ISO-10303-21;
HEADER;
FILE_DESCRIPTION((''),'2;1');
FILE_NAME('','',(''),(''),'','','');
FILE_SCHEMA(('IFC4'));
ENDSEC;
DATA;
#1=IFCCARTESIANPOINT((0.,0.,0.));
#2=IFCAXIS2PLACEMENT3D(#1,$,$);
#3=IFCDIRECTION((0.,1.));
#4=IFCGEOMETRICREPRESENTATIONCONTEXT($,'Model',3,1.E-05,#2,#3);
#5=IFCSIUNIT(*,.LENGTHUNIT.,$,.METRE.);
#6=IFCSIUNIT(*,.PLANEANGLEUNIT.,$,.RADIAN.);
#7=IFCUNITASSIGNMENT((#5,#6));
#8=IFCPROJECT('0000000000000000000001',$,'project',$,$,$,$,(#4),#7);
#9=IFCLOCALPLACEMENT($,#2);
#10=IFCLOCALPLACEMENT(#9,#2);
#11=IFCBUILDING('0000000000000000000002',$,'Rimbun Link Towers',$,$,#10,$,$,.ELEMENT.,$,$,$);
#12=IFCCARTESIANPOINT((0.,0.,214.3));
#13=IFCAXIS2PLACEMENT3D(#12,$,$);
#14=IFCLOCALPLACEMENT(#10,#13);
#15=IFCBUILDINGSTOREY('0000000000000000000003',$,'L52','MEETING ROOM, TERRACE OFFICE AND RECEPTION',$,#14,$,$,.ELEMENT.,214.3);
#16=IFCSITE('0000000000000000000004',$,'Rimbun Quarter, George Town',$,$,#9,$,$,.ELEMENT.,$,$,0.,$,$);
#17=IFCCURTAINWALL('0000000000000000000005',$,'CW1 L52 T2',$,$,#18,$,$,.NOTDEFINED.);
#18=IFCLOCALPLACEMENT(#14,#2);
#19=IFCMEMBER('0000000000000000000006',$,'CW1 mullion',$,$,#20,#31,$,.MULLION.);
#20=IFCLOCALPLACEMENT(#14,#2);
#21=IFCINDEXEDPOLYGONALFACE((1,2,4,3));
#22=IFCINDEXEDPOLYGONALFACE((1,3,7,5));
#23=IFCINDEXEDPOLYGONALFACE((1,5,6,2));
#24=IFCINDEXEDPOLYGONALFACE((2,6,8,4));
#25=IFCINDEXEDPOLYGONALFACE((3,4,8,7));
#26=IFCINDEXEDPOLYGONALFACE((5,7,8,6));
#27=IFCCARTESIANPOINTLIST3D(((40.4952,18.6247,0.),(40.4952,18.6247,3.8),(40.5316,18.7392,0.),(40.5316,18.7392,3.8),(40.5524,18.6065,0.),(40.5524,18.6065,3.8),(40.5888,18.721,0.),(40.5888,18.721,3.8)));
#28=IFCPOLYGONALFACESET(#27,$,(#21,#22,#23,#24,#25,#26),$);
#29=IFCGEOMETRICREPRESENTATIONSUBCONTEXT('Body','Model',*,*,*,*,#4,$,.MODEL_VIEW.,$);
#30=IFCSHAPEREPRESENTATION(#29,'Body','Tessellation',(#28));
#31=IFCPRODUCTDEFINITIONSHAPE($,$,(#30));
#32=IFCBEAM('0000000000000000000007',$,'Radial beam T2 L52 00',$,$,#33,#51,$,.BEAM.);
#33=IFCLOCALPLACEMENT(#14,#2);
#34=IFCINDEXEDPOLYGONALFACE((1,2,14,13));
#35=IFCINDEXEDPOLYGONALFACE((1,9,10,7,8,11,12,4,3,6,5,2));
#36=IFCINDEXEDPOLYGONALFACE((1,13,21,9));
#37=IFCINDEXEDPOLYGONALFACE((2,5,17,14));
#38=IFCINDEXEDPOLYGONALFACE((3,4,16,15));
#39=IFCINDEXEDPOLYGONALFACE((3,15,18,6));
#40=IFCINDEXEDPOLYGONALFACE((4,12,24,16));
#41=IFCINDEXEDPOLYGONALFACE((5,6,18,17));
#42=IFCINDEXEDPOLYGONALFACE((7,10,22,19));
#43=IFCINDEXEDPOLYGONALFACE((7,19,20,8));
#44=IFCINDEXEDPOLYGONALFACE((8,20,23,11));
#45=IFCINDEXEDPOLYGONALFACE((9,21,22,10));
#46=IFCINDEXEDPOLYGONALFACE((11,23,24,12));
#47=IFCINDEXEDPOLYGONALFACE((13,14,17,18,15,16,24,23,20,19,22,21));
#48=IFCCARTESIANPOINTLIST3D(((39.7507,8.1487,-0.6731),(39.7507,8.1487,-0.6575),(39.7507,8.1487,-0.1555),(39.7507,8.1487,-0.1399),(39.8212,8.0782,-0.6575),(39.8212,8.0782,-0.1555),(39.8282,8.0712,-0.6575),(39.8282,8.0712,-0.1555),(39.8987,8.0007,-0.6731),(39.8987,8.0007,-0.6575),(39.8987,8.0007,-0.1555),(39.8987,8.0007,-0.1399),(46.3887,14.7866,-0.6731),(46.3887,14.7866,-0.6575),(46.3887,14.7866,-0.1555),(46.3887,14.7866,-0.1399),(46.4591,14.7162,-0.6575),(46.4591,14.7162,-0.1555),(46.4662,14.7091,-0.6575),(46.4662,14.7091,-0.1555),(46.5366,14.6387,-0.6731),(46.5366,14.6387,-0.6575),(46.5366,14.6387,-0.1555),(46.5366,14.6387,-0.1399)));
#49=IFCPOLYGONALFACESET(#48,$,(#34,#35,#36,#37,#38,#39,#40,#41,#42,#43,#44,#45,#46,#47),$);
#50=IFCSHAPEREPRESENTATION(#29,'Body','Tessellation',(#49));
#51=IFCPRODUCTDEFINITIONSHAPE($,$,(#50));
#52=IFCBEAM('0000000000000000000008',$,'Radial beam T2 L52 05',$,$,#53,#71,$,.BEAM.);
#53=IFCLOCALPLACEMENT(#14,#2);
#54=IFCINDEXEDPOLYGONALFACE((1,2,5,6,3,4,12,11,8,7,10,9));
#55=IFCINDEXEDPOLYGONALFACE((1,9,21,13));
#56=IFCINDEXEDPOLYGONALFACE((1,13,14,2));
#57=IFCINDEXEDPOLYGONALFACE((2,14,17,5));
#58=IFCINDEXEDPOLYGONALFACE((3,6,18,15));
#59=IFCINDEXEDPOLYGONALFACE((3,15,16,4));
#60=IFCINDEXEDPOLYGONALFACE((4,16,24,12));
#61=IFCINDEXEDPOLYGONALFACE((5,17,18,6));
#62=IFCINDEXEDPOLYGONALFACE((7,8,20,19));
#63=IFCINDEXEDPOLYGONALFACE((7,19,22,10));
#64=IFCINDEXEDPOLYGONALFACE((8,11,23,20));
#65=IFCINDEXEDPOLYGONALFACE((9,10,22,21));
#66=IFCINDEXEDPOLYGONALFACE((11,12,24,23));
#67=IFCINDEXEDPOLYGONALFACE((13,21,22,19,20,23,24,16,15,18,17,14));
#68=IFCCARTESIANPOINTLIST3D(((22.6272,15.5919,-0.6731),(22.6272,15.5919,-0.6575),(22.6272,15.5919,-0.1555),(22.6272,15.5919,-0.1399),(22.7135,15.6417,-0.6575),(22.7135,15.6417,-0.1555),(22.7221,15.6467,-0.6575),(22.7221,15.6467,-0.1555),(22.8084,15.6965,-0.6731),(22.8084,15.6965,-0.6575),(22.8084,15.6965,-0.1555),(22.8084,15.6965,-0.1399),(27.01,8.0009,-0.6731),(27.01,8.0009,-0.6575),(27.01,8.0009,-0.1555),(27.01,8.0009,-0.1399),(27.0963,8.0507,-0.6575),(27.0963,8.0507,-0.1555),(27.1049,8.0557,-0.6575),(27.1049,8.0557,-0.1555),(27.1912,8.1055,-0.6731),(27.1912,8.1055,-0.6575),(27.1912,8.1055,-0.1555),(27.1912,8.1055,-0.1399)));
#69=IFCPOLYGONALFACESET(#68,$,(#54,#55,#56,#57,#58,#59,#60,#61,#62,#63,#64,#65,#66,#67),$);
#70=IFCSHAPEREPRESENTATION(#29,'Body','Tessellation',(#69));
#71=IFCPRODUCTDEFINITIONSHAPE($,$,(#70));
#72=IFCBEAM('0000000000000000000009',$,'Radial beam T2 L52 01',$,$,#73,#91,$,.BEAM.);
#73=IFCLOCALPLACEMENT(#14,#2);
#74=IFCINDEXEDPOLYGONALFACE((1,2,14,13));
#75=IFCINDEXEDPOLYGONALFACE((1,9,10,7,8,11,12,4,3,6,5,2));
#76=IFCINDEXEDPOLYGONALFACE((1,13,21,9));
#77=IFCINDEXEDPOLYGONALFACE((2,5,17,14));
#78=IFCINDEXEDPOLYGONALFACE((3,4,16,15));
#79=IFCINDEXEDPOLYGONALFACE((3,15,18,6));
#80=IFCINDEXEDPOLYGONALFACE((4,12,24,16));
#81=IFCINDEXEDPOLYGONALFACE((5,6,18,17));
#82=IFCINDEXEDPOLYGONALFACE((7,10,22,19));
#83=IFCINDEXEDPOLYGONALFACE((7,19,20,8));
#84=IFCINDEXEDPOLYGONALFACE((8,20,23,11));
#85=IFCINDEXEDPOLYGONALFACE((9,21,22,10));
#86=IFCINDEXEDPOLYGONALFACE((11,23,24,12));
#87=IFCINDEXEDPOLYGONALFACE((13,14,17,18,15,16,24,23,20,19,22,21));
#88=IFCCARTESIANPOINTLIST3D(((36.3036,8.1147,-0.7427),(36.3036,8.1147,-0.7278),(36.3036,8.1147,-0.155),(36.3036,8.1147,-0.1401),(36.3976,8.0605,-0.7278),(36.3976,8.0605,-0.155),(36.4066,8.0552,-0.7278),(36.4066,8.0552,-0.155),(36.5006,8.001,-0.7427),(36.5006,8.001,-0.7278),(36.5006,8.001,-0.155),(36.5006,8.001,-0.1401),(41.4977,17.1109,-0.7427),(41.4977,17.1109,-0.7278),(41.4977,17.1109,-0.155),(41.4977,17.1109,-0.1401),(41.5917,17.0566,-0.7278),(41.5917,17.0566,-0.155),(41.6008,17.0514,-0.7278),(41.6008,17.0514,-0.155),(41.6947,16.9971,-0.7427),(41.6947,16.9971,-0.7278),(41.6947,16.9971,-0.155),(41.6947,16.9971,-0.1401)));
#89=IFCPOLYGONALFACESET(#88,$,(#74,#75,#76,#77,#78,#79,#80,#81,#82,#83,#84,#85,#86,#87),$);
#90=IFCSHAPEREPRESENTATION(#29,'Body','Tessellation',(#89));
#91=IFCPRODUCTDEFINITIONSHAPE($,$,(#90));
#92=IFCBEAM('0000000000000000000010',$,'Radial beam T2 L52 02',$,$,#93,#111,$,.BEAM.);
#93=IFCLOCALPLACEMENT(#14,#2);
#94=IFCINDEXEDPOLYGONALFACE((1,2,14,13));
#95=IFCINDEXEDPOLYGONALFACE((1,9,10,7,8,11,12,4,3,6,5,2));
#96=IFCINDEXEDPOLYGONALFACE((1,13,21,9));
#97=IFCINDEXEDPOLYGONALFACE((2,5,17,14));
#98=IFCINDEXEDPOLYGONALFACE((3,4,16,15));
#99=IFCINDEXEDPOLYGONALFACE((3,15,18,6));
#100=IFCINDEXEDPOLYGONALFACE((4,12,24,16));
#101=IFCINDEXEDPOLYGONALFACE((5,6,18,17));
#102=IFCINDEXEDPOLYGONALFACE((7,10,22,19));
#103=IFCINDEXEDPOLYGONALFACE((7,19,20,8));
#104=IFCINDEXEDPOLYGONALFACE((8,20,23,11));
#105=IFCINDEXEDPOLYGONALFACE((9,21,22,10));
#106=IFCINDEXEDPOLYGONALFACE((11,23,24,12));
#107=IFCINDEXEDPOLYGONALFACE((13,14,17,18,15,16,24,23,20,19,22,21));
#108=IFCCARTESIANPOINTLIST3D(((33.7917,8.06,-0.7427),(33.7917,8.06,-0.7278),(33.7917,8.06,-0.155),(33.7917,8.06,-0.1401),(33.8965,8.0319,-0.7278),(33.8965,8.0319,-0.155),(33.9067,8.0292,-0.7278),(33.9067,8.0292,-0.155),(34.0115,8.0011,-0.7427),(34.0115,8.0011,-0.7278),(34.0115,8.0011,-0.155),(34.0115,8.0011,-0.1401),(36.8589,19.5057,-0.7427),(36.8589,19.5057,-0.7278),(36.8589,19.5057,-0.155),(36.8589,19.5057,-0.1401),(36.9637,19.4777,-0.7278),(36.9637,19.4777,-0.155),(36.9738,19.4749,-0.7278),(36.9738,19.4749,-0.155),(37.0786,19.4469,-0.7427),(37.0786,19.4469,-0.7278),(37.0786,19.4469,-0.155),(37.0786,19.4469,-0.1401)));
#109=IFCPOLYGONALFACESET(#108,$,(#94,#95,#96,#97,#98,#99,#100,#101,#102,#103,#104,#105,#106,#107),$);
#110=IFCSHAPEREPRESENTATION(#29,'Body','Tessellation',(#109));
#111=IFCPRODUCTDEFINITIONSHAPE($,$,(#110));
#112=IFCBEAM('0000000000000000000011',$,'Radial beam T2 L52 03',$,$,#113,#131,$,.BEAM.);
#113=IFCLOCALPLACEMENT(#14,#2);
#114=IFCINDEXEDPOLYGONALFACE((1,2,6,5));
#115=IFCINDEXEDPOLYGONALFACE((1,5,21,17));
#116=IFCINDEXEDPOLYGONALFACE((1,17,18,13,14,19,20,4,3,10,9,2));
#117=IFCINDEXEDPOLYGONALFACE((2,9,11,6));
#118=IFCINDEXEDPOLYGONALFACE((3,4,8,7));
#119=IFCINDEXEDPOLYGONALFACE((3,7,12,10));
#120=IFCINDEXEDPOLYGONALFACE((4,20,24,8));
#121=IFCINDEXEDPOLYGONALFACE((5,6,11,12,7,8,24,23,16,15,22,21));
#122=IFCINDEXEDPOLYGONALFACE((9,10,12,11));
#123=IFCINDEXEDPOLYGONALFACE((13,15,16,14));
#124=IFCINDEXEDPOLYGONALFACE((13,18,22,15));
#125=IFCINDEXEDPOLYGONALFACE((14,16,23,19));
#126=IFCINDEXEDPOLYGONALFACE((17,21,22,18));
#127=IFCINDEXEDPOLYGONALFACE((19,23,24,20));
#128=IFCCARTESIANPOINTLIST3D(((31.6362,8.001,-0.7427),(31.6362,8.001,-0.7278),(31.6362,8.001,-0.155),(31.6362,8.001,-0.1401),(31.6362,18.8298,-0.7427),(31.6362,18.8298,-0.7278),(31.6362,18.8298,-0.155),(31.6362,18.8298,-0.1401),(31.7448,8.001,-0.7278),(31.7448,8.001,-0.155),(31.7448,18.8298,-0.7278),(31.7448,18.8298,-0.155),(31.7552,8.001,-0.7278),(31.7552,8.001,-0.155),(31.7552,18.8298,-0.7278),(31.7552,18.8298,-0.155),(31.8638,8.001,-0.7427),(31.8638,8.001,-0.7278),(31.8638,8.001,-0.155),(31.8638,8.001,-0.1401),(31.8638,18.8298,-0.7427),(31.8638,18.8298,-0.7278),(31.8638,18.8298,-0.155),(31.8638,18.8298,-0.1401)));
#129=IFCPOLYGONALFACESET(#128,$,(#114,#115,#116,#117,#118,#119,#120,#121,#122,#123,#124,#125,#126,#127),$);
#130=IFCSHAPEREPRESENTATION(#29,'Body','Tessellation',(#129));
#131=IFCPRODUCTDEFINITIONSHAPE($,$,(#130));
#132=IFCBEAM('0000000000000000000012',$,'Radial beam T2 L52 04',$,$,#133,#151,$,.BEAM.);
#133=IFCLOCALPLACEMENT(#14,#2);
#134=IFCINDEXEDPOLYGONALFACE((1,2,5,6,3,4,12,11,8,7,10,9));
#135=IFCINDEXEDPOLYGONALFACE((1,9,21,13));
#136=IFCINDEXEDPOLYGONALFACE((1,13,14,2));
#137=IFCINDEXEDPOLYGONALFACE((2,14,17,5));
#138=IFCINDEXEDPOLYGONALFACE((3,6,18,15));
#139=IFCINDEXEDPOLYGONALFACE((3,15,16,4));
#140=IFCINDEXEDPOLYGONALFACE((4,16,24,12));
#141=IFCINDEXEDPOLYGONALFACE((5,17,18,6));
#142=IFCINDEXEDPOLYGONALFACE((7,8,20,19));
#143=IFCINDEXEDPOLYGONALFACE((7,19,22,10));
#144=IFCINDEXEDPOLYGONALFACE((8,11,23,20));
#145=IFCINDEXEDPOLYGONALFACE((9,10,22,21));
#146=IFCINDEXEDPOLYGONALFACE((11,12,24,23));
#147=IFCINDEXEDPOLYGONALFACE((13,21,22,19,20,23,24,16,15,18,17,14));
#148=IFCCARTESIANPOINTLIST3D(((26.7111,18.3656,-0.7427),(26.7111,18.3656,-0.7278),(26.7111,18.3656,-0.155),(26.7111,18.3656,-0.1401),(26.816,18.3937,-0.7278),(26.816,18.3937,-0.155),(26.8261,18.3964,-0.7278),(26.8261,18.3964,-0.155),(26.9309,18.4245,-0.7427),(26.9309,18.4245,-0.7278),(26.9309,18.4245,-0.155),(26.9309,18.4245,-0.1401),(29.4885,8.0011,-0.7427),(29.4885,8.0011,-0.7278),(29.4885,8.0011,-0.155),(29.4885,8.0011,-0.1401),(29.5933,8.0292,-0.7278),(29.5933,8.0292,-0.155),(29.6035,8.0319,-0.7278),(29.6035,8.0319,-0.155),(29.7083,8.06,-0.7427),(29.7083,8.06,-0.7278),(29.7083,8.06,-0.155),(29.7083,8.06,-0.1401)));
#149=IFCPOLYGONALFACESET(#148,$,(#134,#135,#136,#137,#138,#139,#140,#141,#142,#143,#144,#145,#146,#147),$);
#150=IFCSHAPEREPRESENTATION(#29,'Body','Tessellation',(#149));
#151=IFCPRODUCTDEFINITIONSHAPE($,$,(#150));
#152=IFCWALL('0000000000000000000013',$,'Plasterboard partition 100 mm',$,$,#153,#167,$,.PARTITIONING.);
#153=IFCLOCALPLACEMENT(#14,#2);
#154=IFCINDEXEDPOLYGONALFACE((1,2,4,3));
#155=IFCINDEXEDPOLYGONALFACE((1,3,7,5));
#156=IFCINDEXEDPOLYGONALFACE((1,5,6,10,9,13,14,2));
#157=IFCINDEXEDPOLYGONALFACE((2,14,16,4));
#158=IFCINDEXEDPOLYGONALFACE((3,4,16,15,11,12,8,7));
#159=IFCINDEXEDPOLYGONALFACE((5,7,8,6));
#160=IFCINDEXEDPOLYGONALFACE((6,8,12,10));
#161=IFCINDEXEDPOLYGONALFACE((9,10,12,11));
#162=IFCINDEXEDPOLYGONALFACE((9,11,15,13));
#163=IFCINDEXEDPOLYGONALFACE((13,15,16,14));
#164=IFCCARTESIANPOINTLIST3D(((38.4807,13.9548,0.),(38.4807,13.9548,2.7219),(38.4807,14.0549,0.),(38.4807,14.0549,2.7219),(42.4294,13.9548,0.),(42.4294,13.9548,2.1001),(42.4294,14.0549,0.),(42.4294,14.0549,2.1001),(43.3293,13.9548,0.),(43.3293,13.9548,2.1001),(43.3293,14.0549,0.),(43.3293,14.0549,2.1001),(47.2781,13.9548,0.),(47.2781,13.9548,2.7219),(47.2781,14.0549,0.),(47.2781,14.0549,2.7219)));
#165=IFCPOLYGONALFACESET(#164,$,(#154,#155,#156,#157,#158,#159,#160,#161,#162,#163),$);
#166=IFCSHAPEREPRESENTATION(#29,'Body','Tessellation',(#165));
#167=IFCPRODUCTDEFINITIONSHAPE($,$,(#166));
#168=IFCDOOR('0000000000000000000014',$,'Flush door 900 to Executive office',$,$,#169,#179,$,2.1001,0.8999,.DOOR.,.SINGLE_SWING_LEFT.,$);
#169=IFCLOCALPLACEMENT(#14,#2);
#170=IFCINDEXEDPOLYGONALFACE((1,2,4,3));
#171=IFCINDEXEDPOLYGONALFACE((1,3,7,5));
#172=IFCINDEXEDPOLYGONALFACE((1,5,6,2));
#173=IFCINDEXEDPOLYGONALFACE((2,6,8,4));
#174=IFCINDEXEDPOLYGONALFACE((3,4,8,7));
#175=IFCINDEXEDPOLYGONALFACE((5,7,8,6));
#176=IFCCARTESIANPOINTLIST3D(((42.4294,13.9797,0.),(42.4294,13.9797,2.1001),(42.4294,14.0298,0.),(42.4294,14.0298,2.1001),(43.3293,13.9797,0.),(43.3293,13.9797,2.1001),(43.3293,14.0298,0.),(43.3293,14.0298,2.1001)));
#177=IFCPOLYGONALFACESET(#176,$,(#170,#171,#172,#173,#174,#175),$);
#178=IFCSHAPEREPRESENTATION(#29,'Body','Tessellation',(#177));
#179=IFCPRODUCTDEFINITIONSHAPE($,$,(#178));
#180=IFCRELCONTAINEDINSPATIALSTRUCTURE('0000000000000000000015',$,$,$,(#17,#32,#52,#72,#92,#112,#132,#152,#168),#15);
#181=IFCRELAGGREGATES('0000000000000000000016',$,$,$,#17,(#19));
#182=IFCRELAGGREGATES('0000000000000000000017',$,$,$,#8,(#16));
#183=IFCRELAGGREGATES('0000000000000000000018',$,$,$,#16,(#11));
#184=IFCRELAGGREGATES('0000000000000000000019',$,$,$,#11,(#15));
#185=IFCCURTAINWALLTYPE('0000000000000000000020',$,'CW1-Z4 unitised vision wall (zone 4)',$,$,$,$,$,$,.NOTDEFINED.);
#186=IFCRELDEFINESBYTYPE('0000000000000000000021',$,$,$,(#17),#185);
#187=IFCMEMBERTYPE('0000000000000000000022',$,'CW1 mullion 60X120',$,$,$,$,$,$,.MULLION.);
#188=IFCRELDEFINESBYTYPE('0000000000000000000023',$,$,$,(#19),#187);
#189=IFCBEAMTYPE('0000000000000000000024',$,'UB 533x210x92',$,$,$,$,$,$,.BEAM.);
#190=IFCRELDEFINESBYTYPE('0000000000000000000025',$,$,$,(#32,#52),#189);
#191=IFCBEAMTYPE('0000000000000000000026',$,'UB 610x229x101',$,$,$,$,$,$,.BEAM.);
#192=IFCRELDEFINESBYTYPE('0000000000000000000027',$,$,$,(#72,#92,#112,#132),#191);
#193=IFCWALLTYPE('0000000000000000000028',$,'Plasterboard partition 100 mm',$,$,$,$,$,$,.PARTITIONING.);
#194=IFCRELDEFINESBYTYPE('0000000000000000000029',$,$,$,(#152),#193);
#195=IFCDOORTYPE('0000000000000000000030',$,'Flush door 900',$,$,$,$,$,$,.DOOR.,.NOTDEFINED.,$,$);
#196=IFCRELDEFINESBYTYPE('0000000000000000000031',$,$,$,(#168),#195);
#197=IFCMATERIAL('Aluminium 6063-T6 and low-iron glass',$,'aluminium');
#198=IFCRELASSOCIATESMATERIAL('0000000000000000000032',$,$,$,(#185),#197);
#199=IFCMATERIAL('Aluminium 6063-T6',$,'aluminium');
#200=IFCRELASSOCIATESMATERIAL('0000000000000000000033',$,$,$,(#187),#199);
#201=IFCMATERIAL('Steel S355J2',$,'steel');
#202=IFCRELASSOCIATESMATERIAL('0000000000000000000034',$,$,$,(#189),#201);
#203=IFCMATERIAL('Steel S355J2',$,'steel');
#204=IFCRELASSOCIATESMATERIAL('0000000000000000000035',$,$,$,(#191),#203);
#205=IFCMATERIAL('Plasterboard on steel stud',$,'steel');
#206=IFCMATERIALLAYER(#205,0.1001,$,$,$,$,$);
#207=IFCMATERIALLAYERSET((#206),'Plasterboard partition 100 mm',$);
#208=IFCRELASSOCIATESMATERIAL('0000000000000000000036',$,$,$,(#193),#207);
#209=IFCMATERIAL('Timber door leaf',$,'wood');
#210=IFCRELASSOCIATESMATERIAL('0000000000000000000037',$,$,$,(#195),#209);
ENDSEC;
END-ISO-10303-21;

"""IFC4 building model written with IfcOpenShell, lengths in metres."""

from ifc_helpers import new_model, si_unit, direction, frame, frame_2d, origin, origin_2d, place, context, subcontext, project, spatial, rectangle, i_section, extrude, material, layer, layer_set, material_profile, profile_set, type_object, element, fill, aggregate, save


model = new_model("IFC4")

# Units and contexts
model_context = context("Model", 3, precision=1e-05, world=origin(), true_north=direction((0.0, 1.0)))
body_context = subcontext(model_context, "Body", "Model", "MODEL_VIEW")
ifc_project = project(units=[si_unit("LENGTHUNIT", "METRE"), si_unit("PLANEANGLEUNIT", "RADIAN")], contexts=[model_context])

# Site, building, storey
site_placement = place(None, origin())
site = spatial("IfcSite", under=ifc_project, at=site_placement, Name="Rimbun Quarter, George Town", CompositionType="ELEMENT", RefElevation=0.0)
building_placement = place(site_placement, origin())
building = spatial("IfcBuilding", under=site, at=building_placement, Name="Rimbun Link Towers", CompositionType="ELEMENT")
storey_placement = place(building_placement, frame((0.0, 0.0, 214.3)))
storey = spatial("IfcBuildingStorey", under=building, at=storey_placement, Name="L52", Description="MEETING ROOM, TERRACE OFFICE AND RECEPTION", CompositionType="ELEMENT", Elevation=214.3)

# Curtain wall, member
ifc_material_1 = material(Name="Aluminium 6063-T6 and low-iron glass", Category="aluminium")
curtain_wall_type = type_object("IfcCurtainWallType", Name="CW1-Z4 unitised vision wall (zone 4)", PredefinedType="NOTDEFINED", material=ifc_material_1)
curtain_wall_placement = place(storey_placement, origin())
curtain_wall = element("IfcCurtainWall", 1, at=curtain_wall_placement, inside=storey, type_object=curtain_wall_type, Name="CW1 L52 T2", PredefinedType="NOTDEFINED")
ifc_material_2 = material(Name="Aluminium 6063-T6", Category="aluminium")
ifc_material_profile_1 = material_profile(ifc_material_2, rectangle(XDim=0.1201, YDim=0.0601, at=origin_2d()), Name="MULLION 60X120")
ifc_profile_set_1 = profile_set([ifc_material_profile_1], Name="Aluminium 6063-T6")
member_type = type_object("IfcMemberType", Name="CW1 mullion 60X120", PredefinedType="MULLION", material=ifc_profile_set_1)
member_placement = place(storey_placement, frame((40.542, 18.6729, 0.0), z_axis=(0.0, 0.0, 1.0), x_axis=(0.303068, 0.952969, 0.0)))
member = element("IfcMember", 2, at=member_placement, type_object=member_type, Name="CW1 mullion", PredefinedType="MULLION", context=body_context, shape_type="SweptSolid", body=[
    extrude(rectangle(XDim=0.1201, YDim=0.0601, at=origin_2d()), origin(), (0.0, 0.0, 1.0), 3.8),
])
aggregate(curtain_wall, [member])

# Beams
ifc_material_3 = material(Name="Steel S355J2", Category="steel")
ifc_material_profile_2 = material_profile(ifc_material_3, i_section(OverallWidth=0.2092, OverallDepth=0.5332, WebThickness=0.01, FlangeThickness=0.0156, at=origin_2d()), Name="UB 533x210x92")
ifc_profile_set_2 = profile_set([ifc_material_profile_2], Name="Steel S355J2")
beam_type_1 = type_object("IfcBeamType", Name="UB 533x210x92", PredefinedType="BEAM", material=ifc_profile_set_2)
beam_1_placement = place(storey_placement, frame((39.8247, 8.0747, -0.4065), z_axis=(0.707107, 0.707107, 0.0), x_axis=(-0.707107, 0.707107, 0.0)))
element("IfcBeam", 3, at=beam_1_placement, inside=storey, type_object=beam_type_1, Name="Radial beam T2 L52 00", PredefinedType="BEAM", context=body_context, shape_type="SweptSolid", body=[
    extrude(i_section(OverallWidth=0.2092, OverallDepth=0.5332, WebThickness=0.01, FlangeThickness=0.0156, at=origin_2d()), origin(), (0.0, 0.0, 1.0), 9.3875),
])
beam_2_placement = place(storey_placement, frame((27.1006, 8.0532, -0.4065), z_axis=(-0.500009, 0.86602, 0.0), x_axis=(-0.86602, -0.500009, 0.0)))
element("IfcBeam", 4, at=beam_2_placement, inside=storey, type_object=beam_type_1, Name="Radial beam T2 L52 05", PredefinedType="BEAM", context=body_context, shape_type="SweptSolid", body=[
    extrude(i_section(OverallWidth=0.2092, OverallDepth=0.5332, WebThickness=0.01, FlangeThickness=0.0156, at=origin_2d()), origin(), (0.0, 0.0, 1.0), 8.7654),
])
ifc_material_4 = material(Name="Steel S355J2", Category="steel")
ifc_material_profile_3 = material_profile(ifc_material_4, i_section(OverallWidth=0.2275, OverallDepth=0.6025, WebThickness=0.0105, FlangeThickness=0.0149, at=origin_2d()), Name="UB 610x229x101")
ifc_profile_set_3 = profile_set([ifc_material_profile_3], Name="Steel S355J2")
beam_type_2 = type_object("IfcBeamType", Name="UB 610x229x101", PredefinedType="BEAM", material=ifc_profile_set_3)
beam_3_placement = place(storey_placement, frame((36.4021, 8.0579, -0.4414), z_axis=(0.500014, 0.866017, 0.0), x_axis=(-0.866017, 0.500014, 0.0)))
element("IfcBeam", 5, at=beam_3_placement, inside=storey, type_object=beam_type_2, Name="Radial beam T2 L52 01", PredefinedType="BEAM", context=body_context, shape_type="SweptSolid", body=[
    extrude(i_section(OverallWidth=0.2275, OverallDepth=0.6025, WebThickness=0.0105, FlangeThickness=0.0149, at=origin_2d()), origin(), (0.0, 0.0, 1.0), 10.3879),
])
beam_4_placement = place(storey_placement, frame((33.9016, 8.0305, -0.4414), z_axis=(0.258838, 0.965921, 0.0), x_axis=(-0.965921, 0.258838, 0.0)))
element("IfcBeam", 6, at=beam_4_placement, inside=storey, type_object=beam_type_2, Name="Radial beam T2 L52 02", PredefinedType="BEAM", context=body_context, shape_type="SweptSolid", body=[
    extrude(i_section(OverallWidth=0.2275, OverallDepth=0.6025, WebThickness=0.0105, FlangeThickness=0.0149, at=origin_2d()), origin(), (0.0, 0.0, 1.0), 11.8496),
])
beam_5_placement = place(storey_placement, frame((31.75, 8.001, -0.4414), z_axis=(0.0, 1.0, 0.0), x_axis=(-1.0, 0.0, 0.0)))
element("IfcBeam", 7, at=beam_5_placement, inside=storey, type_object=beam_type_2, Name="Radial beam T2 L52 03", PredefinedType="BEAM", context=body_context, shape_type="SweptSolid", body=[
    extrude(i_section(OverallWidth=0.2275, OverallDepth=0.6025, WebThickness=0.0105, FlangeThickness=0.0149, at=origin_2d()), origin(), (0.0, 0.0, 1.0), 10.8289),
])
beam_6_placement = place(storey_placement, frame((29.5984, 8.0305, -0.4414), z_axis=(-0.258835, 0.965922, 0.0), x_axis=(-0.965922, -0.258835, 0.0)))
element("IfcBeam", 8, at=beam_6_placement, inside=storey, type_object=beam_type_2, Name="Radial beam T2 L52 04", PredefinedType="BEAM", context=body_context, shape_type="SweptSolid", body=[
    extrude(i_section(OverallWidth=0.2275, OverallDepth=0.6025, WebThickness=0.0105, FlangeThickness=0.0149, at=origin_2d()), origin(), (0.0, 0.0, 1.0), 10.7302),
])

# Wall, opening, door
ifc_material_5 = material(Name="Plasterboard on steel stud", Category="steel")
ifc_layer_1 = layer(ifc_material_5, 0.1001)
ifc_layer_set_1 = layer_set([ifc_layer_1], Name="Plasterboard partition 100 mm")
wall_type_1 = type_object("IfcWallType", Name="Plasterboard partition 100 mm", PredefinedType="PARTITIONING", material=ifc_layer_set_1)
wall_1_placement = place(storey_placement, frame((38.4807, 14.0049, 0.0), z_axis=(0.0, 0.0, 1.0), x_axis=(1.0, 0.0, 0.0)))
wall_1 = element("IfcWall", 9, at=wall_1_placement, inside=storey, type_object=wall_type_1, Name="Plasterboard partition 100 mm", PredefinedType="PARTITIONING", context=body_context, shape_type="SweptSolid", body=[
    extrude(rectangle(XDim=8.7974, YDim=0.1001, at=frame_2d((4.3987, 0.0))), origin(), (0.0, 0.0, 1.0), 2.7219),
])
opening_1_placement = place(wall_1_placement, frame((3.9487, 0.0, 0.0)))
opening_1 = element("IfcOpeningElement", 10, at=opening_1_placement, cuts=wall_1, PredefinedType="OPENING", context=body_context, shape_type="SweptSolid", body=[
    extrude(rectangle(XDim=0.8999, YDim=2.1001, at=frame_2d((0.45, 1.05))), frame((0.0, 0.0601, 0.0), z_axis=(0.0, -1.0, 0.0), x_axis=(1.0, 0.0, 0.0)), (0.0, 0.0, 1.0), 0.1201),
])
ifc_material_6 = material(Name="Timber door leaf", Category="wood")
door_type_1 = type_object("IfcDoorType", Name="Flush door 900", OperationType="NOTDEFINED", PredefinedType="DOOR", material=ifc_material_6)
door_1_placement = place(opening_1_placement, origin())
door_1 = element("IfcDoor", 11, at=door_1_placement, inside=storey, type_object=door_type_1, Name="Flush door 900 to Executive office", OperationType="SINGLE_SWING_LEFT", OverallHeight=2.1001, OverallWidth=0.8999, PredefinedType="DOOR", context=body_context, shape_type="SweptSolid", body=[
    extrude(rectangle(XDim=0.8999, YDim=2.1001, at=frame_2d((0.45, 1.05))), frame((0.0, 0.0249, 0.0), z_axis=(0.0, -1.0, 0.0), x_axis=(1.0, 0.0, 0.0)), (0.0, 0.0, 1.0), 0.05),
])
fill(opening_1, door_1)

save(model, "model.ifc")
